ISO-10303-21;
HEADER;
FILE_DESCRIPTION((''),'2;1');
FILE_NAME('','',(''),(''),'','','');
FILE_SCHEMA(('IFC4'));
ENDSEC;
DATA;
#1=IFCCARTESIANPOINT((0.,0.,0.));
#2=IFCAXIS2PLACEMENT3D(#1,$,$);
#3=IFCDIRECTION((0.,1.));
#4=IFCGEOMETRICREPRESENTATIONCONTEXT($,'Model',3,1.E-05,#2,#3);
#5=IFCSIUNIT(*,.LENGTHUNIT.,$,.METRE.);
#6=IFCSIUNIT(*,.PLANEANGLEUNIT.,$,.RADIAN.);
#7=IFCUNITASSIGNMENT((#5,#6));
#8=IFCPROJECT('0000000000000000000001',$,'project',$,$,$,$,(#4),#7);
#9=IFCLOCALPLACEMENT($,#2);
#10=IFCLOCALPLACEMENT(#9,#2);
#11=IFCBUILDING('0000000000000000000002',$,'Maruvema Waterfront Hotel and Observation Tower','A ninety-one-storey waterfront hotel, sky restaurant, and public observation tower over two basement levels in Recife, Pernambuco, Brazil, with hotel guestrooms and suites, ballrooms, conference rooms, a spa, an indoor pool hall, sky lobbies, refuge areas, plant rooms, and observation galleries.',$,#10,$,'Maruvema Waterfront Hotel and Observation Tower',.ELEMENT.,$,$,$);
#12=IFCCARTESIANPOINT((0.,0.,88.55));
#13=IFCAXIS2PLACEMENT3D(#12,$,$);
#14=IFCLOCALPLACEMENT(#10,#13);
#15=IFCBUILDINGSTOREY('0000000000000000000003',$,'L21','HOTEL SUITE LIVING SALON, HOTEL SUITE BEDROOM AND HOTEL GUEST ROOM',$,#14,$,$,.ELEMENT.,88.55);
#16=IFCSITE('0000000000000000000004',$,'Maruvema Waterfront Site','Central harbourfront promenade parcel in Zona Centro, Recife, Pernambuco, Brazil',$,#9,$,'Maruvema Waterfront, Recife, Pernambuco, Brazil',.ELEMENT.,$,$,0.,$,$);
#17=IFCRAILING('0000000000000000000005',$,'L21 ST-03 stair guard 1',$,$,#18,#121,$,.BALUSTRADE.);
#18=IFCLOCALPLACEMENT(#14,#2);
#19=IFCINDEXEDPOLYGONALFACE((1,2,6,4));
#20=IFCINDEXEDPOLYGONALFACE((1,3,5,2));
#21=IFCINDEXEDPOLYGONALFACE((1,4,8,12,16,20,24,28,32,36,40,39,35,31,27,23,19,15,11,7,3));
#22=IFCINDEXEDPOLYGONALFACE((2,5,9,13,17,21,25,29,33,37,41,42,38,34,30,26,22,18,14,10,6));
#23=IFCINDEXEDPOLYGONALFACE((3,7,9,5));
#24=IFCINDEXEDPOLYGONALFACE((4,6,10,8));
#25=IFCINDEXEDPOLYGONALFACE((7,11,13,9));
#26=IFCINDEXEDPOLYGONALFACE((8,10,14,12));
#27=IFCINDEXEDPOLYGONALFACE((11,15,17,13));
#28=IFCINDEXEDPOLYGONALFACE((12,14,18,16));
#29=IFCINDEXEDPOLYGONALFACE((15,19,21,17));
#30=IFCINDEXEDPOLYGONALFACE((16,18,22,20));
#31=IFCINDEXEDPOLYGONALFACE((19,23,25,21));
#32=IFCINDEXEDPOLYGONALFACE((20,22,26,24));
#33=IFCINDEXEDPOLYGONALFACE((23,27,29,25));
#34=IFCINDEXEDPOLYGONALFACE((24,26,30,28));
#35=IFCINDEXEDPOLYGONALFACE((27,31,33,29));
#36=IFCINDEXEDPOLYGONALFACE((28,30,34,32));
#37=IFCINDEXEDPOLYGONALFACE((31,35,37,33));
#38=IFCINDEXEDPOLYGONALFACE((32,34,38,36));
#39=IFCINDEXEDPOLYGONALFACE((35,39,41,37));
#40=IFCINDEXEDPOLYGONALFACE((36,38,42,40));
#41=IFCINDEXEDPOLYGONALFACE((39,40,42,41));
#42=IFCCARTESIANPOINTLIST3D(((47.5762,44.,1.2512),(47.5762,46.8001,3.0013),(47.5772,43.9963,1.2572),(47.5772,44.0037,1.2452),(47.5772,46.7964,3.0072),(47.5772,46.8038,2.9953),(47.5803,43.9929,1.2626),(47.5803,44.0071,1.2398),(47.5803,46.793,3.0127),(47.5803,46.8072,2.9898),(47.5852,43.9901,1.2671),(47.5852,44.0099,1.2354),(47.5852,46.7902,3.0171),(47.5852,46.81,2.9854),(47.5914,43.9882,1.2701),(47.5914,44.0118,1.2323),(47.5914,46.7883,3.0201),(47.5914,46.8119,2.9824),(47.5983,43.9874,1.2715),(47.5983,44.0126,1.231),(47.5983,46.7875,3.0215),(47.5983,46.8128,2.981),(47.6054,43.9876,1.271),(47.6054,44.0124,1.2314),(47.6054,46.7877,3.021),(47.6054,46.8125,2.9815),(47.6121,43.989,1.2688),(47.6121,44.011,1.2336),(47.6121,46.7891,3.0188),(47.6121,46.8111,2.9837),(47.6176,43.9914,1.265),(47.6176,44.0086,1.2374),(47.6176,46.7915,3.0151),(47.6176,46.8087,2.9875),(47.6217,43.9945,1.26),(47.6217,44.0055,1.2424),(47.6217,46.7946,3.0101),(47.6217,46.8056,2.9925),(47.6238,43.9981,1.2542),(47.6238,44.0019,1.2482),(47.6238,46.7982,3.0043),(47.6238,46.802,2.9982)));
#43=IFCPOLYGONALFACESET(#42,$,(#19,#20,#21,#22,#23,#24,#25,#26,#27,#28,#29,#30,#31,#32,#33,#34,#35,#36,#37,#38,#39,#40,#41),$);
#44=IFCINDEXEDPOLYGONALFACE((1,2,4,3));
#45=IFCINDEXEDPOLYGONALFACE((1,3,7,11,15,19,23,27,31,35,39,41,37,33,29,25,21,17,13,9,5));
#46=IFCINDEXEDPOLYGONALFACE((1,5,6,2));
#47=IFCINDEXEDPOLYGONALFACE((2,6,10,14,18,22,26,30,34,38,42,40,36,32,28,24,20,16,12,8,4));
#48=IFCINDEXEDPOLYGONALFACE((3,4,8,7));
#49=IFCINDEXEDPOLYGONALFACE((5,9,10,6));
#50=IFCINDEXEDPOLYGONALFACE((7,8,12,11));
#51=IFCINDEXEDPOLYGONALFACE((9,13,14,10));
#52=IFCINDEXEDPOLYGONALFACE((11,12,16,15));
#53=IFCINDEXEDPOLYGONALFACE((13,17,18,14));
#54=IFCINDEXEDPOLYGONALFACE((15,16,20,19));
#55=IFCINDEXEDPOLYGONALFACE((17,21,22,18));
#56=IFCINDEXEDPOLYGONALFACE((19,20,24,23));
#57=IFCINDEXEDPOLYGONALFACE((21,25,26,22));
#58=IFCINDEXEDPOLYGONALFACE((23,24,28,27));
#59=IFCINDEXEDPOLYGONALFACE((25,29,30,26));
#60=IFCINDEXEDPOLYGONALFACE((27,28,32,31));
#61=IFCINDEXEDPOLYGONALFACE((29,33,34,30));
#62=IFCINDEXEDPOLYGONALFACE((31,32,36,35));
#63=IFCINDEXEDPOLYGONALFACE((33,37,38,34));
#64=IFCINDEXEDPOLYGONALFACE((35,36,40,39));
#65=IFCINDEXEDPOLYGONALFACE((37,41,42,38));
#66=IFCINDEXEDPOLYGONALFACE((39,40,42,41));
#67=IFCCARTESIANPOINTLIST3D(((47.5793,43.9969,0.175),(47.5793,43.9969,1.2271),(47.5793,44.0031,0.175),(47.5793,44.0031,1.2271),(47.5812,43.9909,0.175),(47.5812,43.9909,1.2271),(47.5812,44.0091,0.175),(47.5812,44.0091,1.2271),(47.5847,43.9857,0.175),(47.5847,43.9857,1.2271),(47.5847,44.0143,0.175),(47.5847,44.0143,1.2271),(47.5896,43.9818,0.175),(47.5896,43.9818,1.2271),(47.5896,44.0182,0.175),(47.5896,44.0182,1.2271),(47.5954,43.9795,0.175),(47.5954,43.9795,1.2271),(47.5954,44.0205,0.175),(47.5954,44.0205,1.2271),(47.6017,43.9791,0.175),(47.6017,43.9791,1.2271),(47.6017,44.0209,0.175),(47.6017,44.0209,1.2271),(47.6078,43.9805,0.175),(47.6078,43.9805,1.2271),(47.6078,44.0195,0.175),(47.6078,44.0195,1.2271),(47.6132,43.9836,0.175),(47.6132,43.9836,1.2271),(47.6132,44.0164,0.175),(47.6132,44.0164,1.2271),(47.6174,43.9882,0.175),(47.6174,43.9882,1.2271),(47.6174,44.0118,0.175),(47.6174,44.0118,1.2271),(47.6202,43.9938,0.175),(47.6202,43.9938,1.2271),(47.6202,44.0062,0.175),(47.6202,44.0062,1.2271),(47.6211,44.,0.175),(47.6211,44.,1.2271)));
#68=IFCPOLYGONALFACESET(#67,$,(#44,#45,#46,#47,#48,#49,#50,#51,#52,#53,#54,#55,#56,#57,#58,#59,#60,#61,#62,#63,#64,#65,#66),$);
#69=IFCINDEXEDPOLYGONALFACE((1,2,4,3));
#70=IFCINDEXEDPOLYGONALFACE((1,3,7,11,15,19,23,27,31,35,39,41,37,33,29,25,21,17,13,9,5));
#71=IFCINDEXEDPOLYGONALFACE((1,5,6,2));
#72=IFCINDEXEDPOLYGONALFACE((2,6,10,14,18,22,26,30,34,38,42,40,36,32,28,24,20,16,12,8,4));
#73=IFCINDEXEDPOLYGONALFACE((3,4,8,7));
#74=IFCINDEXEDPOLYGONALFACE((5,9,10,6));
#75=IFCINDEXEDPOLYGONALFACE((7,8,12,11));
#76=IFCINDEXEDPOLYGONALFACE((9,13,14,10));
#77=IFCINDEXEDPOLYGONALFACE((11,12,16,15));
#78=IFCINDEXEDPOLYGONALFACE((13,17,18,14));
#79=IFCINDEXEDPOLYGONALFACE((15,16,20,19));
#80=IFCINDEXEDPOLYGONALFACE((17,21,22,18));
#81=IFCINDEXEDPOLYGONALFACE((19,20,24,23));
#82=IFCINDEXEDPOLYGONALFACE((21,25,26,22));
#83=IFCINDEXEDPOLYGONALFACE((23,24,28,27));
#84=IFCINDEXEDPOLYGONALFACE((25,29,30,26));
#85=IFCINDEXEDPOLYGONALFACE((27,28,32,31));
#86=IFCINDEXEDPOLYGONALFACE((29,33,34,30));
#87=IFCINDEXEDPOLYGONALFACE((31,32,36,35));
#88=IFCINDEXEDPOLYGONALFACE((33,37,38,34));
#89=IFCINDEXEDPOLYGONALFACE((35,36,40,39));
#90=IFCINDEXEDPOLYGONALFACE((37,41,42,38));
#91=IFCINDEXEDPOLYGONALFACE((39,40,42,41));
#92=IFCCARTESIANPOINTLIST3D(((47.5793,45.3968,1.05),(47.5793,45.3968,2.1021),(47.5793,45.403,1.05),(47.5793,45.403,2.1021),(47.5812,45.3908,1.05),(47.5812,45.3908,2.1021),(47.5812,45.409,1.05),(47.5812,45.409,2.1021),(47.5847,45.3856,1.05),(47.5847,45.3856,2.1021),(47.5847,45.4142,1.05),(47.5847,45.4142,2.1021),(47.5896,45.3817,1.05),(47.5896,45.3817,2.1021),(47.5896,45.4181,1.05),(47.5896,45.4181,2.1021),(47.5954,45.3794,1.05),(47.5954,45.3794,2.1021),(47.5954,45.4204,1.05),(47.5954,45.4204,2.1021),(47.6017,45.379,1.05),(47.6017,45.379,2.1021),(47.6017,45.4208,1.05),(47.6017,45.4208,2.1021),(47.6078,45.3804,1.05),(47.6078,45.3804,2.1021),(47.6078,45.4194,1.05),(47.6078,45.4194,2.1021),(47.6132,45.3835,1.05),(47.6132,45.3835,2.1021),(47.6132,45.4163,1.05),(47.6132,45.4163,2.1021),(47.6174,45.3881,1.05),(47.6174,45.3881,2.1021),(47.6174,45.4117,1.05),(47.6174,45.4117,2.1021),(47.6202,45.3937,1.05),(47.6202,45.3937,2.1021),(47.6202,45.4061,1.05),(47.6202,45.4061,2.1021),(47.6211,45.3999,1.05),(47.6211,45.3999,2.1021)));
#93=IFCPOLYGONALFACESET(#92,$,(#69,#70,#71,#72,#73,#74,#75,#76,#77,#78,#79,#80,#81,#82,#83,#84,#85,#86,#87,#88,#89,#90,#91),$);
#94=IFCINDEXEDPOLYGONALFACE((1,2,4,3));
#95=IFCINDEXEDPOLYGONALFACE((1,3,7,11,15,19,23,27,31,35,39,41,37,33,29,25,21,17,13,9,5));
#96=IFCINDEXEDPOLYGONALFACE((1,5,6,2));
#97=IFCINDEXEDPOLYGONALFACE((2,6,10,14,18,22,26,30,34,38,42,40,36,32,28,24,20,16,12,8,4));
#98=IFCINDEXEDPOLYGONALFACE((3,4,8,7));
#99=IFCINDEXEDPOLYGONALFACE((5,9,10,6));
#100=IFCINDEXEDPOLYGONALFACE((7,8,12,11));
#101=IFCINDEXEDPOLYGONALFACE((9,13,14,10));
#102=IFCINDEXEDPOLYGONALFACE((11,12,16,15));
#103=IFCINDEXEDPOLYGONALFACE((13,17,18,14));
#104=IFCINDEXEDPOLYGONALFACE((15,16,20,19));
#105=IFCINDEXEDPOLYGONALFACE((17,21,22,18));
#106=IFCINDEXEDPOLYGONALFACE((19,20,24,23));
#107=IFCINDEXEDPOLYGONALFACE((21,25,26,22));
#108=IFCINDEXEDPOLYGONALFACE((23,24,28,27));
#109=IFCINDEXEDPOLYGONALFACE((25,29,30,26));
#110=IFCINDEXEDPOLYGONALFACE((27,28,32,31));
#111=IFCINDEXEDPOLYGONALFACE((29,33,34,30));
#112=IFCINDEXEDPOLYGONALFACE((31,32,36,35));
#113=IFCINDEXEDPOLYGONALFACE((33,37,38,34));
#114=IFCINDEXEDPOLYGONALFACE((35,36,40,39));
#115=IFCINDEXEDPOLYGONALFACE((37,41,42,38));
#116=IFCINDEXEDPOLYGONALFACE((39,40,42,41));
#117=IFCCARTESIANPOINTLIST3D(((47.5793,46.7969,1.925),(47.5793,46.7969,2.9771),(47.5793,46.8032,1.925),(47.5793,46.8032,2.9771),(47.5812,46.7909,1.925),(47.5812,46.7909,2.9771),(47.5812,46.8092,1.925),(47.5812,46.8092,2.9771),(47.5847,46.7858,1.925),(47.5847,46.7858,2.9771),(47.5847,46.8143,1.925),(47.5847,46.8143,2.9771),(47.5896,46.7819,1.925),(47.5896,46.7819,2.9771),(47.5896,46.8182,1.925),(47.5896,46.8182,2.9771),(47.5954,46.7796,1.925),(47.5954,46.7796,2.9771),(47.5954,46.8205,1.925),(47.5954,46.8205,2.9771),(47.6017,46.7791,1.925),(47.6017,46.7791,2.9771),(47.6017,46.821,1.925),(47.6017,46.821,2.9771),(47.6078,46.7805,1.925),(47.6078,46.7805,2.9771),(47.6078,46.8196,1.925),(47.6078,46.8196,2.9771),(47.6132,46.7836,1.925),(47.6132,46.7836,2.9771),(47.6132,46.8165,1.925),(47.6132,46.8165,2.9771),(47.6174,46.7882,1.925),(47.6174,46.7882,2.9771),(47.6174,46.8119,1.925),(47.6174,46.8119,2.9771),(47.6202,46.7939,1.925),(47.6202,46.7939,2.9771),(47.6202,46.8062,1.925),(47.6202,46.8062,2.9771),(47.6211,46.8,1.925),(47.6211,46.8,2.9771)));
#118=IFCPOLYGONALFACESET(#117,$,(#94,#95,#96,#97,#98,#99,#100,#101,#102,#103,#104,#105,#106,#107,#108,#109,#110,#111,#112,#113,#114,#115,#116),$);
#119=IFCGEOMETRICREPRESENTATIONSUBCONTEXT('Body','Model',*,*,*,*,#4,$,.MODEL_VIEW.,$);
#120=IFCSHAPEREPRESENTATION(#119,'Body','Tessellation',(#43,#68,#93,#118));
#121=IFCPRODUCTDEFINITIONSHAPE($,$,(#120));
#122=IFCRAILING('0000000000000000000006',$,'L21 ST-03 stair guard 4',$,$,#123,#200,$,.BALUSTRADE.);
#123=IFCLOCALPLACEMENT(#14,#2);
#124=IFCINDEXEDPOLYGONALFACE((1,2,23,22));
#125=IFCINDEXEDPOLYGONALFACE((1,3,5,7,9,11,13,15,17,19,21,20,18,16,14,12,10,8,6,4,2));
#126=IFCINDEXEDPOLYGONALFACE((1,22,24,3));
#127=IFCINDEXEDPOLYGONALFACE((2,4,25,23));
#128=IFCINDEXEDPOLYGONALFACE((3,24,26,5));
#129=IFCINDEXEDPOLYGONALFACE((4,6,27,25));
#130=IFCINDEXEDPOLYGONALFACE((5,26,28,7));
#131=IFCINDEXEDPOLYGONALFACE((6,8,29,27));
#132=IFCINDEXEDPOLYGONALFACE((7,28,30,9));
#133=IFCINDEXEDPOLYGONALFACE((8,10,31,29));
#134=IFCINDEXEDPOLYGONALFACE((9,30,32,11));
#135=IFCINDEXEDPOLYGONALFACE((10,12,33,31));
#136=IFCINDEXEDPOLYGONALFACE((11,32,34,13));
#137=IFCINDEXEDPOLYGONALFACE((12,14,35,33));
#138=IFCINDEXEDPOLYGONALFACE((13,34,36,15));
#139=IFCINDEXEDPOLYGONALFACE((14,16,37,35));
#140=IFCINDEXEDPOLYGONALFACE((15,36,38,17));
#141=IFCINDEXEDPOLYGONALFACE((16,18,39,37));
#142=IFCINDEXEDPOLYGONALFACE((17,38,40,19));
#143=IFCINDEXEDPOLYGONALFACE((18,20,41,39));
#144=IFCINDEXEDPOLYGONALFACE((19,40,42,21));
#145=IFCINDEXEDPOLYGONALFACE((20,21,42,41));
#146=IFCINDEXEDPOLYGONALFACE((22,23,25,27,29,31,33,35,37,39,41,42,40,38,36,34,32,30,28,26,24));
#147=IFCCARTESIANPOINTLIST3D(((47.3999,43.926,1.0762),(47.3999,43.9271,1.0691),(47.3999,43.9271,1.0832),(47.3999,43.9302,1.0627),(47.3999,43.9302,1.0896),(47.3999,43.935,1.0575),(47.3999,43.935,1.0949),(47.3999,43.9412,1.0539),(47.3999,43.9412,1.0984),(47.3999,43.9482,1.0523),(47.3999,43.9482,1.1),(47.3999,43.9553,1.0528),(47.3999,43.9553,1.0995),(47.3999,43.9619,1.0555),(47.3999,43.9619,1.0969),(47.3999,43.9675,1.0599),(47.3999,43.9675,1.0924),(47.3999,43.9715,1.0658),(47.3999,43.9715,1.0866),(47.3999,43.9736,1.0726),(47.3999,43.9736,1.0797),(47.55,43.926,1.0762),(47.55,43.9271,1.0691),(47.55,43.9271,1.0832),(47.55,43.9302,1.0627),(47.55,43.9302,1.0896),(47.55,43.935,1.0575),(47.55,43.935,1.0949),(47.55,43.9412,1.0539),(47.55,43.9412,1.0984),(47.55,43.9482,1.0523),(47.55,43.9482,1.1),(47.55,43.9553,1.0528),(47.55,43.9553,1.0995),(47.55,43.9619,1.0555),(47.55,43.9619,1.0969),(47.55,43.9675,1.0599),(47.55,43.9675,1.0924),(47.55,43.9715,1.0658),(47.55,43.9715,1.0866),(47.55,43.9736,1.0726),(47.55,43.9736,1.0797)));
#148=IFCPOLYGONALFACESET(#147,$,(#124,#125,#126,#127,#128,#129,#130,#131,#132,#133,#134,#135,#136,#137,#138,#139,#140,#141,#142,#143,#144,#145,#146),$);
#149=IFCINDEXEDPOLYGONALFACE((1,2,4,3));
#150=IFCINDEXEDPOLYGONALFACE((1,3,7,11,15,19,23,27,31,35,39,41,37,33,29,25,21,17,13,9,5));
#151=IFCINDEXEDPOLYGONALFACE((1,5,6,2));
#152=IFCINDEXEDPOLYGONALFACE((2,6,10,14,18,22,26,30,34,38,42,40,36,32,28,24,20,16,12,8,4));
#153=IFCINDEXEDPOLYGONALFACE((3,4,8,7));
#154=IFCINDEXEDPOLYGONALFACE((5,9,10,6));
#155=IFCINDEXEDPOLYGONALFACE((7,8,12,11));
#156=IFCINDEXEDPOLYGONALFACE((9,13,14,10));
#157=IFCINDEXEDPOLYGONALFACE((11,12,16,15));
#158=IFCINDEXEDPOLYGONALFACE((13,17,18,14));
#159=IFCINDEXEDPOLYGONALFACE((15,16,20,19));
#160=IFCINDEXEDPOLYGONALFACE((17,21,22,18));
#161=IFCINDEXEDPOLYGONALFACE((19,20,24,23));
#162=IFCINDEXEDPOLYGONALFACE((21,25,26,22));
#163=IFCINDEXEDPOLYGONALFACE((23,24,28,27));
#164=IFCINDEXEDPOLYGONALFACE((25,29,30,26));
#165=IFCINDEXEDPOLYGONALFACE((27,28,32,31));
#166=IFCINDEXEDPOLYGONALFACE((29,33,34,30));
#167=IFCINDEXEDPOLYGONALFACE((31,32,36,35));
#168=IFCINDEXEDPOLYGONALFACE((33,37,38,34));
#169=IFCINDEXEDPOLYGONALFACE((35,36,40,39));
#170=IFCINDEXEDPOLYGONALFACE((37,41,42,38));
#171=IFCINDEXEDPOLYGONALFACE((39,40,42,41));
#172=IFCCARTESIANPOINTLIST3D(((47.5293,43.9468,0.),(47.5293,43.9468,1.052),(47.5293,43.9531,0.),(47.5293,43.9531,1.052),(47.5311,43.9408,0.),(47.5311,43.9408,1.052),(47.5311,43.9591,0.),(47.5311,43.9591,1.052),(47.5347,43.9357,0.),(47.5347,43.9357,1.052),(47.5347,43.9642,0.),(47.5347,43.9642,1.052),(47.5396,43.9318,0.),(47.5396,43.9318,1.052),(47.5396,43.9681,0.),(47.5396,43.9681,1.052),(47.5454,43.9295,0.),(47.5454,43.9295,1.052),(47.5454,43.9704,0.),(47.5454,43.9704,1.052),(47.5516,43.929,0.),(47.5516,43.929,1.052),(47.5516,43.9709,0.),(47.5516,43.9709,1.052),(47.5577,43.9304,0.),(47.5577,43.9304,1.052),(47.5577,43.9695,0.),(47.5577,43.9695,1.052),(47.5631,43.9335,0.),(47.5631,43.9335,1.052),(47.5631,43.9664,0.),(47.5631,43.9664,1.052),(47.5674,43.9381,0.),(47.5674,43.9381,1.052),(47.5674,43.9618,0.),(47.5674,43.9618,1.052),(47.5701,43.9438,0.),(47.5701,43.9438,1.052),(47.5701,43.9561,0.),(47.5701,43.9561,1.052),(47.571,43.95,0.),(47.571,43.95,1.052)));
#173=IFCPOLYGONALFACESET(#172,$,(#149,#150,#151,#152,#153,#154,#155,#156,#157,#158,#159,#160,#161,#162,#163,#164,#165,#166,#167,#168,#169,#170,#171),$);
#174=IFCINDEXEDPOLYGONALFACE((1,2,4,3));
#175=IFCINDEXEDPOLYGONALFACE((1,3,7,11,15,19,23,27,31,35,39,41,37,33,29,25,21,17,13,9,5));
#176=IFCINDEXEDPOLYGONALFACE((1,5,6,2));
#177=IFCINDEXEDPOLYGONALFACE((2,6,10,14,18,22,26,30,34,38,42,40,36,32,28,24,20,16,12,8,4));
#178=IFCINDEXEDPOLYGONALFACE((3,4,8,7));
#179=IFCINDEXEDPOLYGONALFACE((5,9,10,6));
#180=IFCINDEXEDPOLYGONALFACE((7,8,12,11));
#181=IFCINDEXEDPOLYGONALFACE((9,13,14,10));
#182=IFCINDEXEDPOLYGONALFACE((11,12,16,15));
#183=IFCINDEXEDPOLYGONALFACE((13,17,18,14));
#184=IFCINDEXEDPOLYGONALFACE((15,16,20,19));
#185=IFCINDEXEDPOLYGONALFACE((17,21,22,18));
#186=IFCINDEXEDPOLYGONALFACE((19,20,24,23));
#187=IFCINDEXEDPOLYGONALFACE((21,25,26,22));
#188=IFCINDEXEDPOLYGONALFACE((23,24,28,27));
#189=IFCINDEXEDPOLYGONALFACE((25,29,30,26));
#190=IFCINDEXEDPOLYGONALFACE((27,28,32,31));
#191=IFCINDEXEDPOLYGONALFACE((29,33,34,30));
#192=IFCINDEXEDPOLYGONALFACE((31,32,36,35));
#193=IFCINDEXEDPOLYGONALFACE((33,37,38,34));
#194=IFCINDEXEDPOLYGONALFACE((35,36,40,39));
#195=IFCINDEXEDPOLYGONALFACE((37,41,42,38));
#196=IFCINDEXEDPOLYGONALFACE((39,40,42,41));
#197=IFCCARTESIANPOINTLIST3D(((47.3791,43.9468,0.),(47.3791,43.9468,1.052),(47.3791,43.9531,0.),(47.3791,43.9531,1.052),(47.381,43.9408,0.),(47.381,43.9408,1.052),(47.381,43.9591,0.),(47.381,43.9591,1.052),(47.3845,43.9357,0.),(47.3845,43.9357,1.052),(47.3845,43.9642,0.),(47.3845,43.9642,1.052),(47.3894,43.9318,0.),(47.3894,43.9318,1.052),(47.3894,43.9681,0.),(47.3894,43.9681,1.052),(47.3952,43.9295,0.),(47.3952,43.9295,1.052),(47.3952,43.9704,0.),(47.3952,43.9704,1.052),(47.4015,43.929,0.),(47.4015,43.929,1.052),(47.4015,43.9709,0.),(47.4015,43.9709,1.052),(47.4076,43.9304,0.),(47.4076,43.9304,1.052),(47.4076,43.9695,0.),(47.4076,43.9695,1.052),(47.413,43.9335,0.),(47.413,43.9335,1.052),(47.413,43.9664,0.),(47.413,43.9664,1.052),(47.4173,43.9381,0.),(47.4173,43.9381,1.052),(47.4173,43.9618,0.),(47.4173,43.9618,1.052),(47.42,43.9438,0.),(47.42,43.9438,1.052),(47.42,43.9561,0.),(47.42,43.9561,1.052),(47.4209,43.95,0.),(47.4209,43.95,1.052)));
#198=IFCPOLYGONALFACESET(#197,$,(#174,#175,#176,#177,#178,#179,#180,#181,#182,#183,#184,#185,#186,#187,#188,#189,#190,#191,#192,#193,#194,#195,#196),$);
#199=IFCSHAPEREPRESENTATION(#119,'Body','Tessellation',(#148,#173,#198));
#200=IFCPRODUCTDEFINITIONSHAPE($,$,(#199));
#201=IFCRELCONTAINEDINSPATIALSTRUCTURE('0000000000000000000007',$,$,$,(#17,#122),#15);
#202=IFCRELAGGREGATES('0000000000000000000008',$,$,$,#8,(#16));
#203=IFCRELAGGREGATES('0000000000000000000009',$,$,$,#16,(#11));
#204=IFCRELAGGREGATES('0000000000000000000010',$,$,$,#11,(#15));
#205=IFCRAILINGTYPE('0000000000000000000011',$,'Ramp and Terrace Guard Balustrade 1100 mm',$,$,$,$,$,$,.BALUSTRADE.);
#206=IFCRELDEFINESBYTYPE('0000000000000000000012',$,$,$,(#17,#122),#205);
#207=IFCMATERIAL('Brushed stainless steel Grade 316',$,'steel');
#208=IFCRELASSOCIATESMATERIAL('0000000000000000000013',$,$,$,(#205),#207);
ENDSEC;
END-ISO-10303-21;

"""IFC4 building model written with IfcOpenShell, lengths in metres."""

from ifc_helpers import new_model, si_unit, direction, frame, origin, origin_2d, place, context, subcontext, project, spatial, circle, extrude, material, type_object, element, save


model = new_model("IFC4")

# Units and contexts
model_context = context("Model", 3, precision=1e-05, world=origin(), true_north=direction((0.0, 1.0)))
body_context = subcontext(model_context, "Body", "Model", "MODEL_VIEW")
ifc_project = project(units=[si_unit("LENGTHUNIT", "METRE"), si_unit("PLANEANGLEUNIT", "RADIAN")], contexts=[model_context])

# Site, building, storey
site_placement = place(None, origin())
site = spatial("IfcSite", under=ifc_project, at=site_placement, Name="Maruvema Waterfront Site", Description="Central harbourfront promenade parcel in Zona Centro, Recife, Pernambuco, Brazil", LongName="Maruvema Waterfront, Recife, Pernambuco, Brazil", CompositionType="ELEMENT", RefElevation=0.0)
building_placement = place(site_placement, origin())
building = spatial("IfcBuilding", under=site, at=building_placement, Name="Maruvema Waterfront Hotel and Observation Tower", Description="A ninety-one-storey waterfront hotel, sky restaurant, and public observation tower over two basement levels in Recife, Pernambuco, Brazil, with hotel guestrooms and suites, ballrooms, conference rooms, a spa, an indoor pool hall, sky lobbies, refuge areas, plant rooms, and observation galleries.", LongName="Maruvema Waterfront Hotel and Observation Tower", CompositionType="ELEMENT")
storey_placement = place(building_placement, frame((0.0, 0.0, 88.55)))
storey = spatial("IfcBuildingStorey", under=building, at=storey_placement, Name="L21", Description="HOTEL SUITE LIVING SALON, HOTEL SUITE BEDROOM AND HOTEL GUEST ROOM", CompositionType="ELEMENT", Elevation=88.55)

# Railings
ifc_material_1 = material(Name="Brushed stainless steel Grade 316", Category="steel")
railing_type_1 = type_object("IfcRailingType", Name="Ramp and Terrace Guard Balustrade 1100 mm", PredefinedType="BALUSTRADE", material=ifc_material_1)
railing_1_placement = place(storey_placement, frame((47.6001, 44.0, 0.175)))
element("IfcRailing", 1, at=railing_1_placement, inside=storey, type_object=railing_type_1, Name="L21 ST-03 stair guard 1", PredefinedType="BALUSTRADE", context=body_context, shape_type="SweptSolid", body=[
    extrude(circle(Radius=0.0239, at=origin_2d()), frame((0.0, 0.0, 1.0762), z_axis=(0.0, 0.848002, 0.529992), x_axis=(-1.0, 0.0, 0.0)), (0.0, 0.0, 1.0), 3.302),
    extrude(circle(Radius=0.021, at=origin_2d()), origin(), (0.0, 0.0, 1.0), 1.052),
    extrude(circle(Radius=0.021, at=origin_2d()), frame((0.0, 1.3999, 0.875)), (0.0, 0.0, 1.0), 1.052),
    extrude(circle(Radius=0.021, at=origin_2d()), frame((0.0, 2.8, 1.75)), (0.0, 0.0, 1.0), 1.052),
])
railing_2_placement = place(storey_placement, frame((47.55, 43.95, 0.0)))
element("IfcRailing", 2, at=railing_2_placement, inside=storey, type_object=railing_type_1, Name="L21 ST-03 stair guard 4", PredefinedType="BALUSTRADE", context=body_context, shape_type="SweptSolid", body=[
    extrude(circle(Radius=0.0239, at=origin_2d()), frame((0.0, 0.0, 1.0762), z_axis=(-1.0, 0.0, 0.0), x_axis=(0.0, -1.0, 0.0)), (0.0, 0.0, 1.0), 0.1501),
    extrude(circle(Radius=0.021, at=origin_2d()), origin(), (0.0, 0.0, 1.0), 1.052),
    extrude(circle(Radius=0.021, at=origin_2d()), frame((-0.1501, 0.0, 0.0)), (0.0, 0.0, 1.0), 1.052),
])

save(model, "model.ifc")
